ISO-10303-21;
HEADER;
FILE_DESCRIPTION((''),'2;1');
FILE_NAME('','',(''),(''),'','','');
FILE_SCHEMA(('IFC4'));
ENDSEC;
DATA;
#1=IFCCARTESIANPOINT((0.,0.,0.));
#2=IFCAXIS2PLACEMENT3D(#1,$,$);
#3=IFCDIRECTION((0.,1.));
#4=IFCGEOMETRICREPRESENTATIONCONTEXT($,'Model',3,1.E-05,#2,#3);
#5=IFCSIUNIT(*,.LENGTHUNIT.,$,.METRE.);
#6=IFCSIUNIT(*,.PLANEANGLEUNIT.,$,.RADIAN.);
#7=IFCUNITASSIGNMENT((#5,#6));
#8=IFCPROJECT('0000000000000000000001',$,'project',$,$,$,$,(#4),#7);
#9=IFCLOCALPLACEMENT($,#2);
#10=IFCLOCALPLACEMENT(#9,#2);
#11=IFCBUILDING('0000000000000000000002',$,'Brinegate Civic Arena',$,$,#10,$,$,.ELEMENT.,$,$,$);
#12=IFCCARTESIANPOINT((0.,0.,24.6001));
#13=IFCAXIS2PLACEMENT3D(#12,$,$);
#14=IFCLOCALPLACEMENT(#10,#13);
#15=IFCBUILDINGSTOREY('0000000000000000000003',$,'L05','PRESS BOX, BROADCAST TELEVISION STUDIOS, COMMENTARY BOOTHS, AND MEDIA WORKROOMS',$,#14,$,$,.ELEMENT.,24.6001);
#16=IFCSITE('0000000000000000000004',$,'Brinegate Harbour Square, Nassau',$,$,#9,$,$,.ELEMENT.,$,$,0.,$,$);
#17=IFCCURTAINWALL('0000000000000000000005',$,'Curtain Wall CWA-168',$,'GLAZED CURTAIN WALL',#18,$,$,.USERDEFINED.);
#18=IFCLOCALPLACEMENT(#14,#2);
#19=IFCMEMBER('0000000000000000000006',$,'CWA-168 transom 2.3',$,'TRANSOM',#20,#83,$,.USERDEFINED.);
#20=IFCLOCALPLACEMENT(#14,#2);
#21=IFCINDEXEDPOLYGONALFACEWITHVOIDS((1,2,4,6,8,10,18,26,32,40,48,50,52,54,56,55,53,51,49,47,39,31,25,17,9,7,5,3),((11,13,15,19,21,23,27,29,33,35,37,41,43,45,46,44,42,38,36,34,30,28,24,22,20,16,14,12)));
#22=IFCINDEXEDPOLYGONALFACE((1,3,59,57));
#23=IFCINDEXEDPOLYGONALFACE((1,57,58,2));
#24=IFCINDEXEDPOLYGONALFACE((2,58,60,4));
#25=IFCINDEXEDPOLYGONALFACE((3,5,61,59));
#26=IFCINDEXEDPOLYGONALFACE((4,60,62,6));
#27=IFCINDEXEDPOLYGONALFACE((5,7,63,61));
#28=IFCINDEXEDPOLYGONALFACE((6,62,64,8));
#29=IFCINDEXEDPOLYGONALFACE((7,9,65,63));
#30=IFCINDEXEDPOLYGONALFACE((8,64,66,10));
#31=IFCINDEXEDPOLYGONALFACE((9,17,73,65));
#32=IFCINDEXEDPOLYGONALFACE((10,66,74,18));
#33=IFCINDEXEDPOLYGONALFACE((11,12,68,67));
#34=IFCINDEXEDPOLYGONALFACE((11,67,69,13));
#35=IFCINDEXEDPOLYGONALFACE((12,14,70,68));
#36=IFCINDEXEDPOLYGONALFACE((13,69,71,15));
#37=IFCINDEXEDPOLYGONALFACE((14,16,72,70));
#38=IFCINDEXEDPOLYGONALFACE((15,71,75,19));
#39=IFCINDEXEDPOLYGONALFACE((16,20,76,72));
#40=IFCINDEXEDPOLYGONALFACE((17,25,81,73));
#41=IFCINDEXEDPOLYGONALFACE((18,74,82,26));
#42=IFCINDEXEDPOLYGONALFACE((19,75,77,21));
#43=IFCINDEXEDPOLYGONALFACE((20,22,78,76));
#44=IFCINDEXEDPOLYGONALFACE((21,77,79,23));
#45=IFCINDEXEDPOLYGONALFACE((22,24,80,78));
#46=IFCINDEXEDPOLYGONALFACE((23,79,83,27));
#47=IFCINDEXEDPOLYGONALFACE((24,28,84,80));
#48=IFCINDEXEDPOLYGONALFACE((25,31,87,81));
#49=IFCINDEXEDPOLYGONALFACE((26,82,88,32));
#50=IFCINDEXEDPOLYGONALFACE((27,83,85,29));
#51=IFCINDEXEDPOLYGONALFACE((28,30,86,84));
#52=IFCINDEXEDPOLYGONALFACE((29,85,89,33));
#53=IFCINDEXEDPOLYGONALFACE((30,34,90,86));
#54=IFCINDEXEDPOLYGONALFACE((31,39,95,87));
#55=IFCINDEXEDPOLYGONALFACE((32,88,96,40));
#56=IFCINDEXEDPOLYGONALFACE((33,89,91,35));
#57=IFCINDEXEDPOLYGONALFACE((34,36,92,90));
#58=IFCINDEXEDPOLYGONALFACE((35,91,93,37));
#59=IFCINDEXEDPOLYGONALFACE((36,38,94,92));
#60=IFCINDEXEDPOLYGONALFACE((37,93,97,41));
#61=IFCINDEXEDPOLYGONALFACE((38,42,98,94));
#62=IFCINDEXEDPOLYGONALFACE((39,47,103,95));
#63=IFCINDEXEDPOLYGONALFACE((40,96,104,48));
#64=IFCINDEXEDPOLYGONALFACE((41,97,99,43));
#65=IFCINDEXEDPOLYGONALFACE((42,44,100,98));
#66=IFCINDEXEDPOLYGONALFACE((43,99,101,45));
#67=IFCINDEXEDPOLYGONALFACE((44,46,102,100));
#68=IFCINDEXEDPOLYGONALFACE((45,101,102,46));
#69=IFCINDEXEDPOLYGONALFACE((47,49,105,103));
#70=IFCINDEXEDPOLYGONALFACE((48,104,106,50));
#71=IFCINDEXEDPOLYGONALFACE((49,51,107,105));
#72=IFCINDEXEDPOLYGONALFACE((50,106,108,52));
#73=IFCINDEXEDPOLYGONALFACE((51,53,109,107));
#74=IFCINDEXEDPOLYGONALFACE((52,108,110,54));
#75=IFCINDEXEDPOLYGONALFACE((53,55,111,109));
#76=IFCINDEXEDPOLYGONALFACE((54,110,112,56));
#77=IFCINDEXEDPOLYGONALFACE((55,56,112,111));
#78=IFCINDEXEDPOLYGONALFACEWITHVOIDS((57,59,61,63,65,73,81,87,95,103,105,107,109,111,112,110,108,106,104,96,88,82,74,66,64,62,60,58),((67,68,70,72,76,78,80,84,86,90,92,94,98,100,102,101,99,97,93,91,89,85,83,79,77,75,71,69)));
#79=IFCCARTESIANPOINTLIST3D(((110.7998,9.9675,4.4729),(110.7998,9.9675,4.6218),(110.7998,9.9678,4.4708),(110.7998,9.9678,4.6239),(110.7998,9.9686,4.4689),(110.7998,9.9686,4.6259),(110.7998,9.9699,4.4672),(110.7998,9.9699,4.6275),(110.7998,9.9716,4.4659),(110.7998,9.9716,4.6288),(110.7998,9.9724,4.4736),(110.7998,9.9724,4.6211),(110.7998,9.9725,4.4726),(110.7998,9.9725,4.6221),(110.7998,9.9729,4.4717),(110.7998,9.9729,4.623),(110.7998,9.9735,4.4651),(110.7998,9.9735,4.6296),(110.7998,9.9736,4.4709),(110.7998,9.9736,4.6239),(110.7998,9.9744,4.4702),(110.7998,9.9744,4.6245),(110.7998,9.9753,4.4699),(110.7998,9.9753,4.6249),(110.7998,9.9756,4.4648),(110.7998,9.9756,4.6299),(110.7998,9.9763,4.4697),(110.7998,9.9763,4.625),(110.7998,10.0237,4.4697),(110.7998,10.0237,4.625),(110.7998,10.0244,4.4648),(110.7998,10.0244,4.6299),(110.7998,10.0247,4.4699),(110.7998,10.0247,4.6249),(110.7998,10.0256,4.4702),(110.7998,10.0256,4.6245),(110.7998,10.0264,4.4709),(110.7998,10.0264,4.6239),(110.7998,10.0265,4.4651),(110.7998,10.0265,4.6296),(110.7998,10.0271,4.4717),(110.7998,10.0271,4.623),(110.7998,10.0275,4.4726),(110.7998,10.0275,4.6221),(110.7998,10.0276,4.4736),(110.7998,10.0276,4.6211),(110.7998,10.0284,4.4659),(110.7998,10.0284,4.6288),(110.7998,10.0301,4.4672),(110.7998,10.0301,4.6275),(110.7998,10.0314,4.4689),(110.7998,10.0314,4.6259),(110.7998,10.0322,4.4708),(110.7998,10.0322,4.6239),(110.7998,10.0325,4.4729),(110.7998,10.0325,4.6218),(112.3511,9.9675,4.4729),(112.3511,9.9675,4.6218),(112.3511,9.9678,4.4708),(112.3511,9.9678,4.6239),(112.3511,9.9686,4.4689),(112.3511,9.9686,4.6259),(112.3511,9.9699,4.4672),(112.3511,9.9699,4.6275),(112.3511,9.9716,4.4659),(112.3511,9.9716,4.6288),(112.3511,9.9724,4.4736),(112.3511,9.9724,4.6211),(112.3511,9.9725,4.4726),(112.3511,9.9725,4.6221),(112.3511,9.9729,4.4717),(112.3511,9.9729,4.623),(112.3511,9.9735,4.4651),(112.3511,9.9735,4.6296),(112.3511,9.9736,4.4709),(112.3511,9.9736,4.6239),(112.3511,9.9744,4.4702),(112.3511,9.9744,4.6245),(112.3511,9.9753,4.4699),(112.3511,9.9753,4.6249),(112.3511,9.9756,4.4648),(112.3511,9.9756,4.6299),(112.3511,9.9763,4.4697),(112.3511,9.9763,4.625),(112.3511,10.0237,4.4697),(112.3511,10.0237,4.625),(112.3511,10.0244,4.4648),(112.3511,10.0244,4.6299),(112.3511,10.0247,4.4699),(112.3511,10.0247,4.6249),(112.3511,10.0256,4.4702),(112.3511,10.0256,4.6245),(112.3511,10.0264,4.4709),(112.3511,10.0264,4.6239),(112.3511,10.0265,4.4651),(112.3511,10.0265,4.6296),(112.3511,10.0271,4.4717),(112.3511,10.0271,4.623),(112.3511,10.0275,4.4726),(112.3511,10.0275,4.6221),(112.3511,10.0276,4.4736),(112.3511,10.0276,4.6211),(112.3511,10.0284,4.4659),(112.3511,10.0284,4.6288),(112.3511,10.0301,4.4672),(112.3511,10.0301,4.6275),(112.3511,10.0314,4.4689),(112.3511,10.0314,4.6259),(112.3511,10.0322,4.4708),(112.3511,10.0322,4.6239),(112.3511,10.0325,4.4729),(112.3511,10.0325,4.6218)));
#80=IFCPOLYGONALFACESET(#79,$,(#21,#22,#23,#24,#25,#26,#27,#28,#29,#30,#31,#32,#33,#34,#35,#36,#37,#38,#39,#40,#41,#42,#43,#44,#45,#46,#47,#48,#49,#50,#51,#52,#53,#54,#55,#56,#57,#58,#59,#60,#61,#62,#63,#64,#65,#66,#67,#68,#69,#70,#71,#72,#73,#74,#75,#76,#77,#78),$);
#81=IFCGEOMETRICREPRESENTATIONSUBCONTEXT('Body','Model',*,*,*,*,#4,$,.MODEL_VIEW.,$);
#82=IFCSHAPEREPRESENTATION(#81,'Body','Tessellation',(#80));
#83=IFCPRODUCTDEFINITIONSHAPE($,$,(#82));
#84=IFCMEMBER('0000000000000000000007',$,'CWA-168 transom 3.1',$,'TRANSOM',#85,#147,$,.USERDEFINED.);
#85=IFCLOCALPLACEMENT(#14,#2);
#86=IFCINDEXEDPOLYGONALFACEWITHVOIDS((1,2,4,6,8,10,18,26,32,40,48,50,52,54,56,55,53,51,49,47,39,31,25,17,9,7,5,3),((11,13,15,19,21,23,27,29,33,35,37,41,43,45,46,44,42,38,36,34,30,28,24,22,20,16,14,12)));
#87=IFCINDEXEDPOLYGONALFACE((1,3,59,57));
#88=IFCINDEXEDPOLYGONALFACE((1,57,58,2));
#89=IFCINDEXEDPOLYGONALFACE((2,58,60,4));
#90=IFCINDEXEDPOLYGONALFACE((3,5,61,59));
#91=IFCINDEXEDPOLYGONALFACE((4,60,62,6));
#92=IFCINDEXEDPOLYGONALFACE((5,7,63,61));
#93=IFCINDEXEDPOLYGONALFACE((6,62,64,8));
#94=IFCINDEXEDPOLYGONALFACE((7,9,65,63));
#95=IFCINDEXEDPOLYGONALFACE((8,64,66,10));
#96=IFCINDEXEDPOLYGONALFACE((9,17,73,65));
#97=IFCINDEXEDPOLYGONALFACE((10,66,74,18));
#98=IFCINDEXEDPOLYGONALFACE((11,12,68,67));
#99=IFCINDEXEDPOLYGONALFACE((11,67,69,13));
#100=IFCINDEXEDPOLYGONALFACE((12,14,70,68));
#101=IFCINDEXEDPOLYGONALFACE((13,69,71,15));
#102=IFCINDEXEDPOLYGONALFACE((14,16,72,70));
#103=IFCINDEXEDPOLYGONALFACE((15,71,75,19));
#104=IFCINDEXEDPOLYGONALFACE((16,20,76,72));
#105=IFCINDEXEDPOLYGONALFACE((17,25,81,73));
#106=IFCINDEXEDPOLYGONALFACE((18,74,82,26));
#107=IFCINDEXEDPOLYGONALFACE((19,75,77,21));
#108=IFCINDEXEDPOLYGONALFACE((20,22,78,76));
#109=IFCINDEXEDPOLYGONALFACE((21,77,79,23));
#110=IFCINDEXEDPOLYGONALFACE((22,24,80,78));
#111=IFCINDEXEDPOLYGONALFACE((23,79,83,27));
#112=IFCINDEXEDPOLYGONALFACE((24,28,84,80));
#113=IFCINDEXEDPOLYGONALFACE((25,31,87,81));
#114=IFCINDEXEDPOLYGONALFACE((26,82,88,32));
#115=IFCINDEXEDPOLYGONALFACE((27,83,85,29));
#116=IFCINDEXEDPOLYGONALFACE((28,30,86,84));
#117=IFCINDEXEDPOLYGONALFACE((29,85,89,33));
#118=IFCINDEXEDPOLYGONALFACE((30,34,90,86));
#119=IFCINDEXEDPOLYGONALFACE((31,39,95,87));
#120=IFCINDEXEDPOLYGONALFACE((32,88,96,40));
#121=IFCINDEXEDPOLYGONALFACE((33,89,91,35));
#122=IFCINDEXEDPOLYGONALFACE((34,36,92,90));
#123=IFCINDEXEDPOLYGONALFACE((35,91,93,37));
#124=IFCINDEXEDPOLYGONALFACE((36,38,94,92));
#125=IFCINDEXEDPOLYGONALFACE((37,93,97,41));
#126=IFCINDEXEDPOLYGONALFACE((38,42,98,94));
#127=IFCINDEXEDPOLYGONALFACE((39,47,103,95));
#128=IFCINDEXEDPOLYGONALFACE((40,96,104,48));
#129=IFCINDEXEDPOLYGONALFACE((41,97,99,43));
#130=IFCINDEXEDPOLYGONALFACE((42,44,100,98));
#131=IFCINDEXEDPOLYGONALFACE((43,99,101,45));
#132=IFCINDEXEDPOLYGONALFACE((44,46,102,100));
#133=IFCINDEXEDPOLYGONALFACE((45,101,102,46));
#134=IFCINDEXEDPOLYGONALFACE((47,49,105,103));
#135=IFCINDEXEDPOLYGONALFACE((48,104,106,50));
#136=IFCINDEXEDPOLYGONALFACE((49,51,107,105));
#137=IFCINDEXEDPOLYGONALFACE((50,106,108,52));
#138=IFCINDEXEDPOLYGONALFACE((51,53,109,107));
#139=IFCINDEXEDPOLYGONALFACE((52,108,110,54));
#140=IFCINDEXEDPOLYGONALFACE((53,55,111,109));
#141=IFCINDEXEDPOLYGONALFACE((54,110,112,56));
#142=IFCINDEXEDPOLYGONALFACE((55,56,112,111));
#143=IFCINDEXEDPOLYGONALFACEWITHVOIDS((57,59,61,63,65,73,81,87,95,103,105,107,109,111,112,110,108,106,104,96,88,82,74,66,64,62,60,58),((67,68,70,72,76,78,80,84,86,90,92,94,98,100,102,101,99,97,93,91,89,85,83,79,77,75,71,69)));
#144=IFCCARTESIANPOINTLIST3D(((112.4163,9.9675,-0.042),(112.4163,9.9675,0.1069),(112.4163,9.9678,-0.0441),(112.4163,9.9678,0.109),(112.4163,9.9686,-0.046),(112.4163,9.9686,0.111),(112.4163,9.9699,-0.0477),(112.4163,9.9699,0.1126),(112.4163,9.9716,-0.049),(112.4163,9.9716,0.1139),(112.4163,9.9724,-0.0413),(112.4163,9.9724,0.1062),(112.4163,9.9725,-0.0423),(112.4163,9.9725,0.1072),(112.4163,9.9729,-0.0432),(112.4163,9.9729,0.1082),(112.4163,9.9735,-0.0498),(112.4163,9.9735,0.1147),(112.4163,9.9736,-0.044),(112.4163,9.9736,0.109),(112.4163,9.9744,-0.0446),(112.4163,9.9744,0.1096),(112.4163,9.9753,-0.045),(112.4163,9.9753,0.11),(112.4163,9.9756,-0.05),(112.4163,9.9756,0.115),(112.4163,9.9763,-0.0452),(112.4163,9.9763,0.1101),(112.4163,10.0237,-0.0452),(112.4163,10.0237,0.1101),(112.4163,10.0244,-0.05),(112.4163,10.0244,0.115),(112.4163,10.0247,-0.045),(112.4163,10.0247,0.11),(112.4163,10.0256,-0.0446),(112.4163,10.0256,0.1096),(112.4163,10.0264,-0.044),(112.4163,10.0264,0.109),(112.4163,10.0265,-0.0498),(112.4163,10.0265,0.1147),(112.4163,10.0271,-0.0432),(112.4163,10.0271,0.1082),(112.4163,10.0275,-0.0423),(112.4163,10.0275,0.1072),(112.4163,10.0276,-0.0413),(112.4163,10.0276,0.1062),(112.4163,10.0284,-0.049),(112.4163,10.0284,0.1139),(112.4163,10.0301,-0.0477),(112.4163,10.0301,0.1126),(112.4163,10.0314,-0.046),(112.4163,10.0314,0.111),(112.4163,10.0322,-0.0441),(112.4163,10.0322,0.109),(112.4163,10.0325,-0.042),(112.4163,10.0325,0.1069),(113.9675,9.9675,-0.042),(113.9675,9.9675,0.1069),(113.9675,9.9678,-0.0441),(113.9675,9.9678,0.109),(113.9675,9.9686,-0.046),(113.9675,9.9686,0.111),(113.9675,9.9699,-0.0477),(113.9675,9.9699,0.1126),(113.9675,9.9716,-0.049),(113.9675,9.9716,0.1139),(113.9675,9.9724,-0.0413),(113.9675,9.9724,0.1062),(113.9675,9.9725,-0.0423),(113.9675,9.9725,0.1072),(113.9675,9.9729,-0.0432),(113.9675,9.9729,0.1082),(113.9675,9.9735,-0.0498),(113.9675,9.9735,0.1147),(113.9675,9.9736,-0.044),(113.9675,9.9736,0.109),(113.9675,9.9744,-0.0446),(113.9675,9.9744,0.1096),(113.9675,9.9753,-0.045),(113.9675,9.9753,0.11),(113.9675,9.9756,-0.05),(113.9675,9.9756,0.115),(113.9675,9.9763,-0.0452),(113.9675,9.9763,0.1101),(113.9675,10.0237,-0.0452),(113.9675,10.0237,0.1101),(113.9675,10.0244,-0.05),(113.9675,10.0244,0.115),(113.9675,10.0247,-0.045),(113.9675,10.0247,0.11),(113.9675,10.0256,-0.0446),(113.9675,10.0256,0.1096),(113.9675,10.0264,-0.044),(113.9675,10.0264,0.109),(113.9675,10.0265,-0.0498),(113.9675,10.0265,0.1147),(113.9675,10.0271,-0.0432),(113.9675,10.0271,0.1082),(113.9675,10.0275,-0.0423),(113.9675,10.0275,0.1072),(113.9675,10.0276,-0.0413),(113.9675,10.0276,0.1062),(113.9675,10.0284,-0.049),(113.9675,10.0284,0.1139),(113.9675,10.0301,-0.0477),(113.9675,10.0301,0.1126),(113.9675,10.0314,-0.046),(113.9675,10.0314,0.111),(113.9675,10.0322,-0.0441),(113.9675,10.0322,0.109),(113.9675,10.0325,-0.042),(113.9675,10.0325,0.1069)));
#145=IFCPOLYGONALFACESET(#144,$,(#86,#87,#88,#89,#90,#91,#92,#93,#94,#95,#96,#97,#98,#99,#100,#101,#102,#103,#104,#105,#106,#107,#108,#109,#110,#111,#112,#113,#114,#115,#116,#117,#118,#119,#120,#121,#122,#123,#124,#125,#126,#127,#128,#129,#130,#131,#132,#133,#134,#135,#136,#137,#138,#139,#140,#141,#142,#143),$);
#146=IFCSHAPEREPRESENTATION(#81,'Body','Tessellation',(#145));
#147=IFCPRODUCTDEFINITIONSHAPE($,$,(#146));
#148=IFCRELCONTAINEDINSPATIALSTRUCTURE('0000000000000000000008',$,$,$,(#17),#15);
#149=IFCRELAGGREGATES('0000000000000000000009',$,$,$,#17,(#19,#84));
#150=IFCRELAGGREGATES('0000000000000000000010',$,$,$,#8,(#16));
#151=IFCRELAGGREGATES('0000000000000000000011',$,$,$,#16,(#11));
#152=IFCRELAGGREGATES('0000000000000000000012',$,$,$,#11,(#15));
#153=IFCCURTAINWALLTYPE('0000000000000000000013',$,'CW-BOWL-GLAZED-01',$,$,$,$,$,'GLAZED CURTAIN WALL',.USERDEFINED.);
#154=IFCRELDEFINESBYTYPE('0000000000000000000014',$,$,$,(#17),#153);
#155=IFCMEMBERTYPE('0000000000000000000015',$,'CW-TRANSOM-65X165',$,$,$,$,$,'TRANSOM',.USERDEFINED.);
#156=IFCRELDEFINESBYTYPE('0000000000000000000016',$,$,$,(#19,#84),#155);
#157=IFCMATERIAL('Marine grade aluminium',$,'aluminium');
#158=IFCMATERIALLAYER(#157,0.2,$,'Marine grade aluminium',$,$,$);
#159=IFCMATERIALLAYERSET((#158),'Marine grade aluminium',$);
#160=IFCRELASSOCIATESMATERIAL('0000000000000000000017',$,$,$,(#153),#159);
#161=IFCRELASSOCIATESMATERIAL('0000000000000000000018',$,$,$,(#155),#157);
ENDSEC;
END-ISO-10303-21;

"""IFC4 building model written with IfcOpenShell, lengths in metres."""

from ifc_helpers import new_model, si_unit, direction, frame, origin, origin_2d, place, context, subcontext, project, spatial, hollow_rectangle, extrude, material, layer, layer_set, material_profile, profile_set, type_object, element, aggregate, save


model = new_model("IFC4")

# Units and contexts
model_context = context("Model", 3, precision=1e-05, world=origin(), true_north=direction((0.0, 1.0)))
body_context = subcontext(model_context, "Body", "Model", "MODEL_VIEW")
ifc_project = project(units=[si_unit("LENGTHUNIT", "METRE"), si_unit("PLANEANGLEUNIT", "RADIAN")], contexts=[model_context])

# Site, building, storey
site_placement = place(None, origin())
site = spatial("IfcSite", under=ifc_project, at=site_placement, Name="Brinegate Harbour Square, Nassau", CompositionType="ELEMENT", RefElevation=0.0)
building_placement = place(site_placement, origin())
building = spatial("IfcBuilding", under=site, at=building_placement, Name="Brinegate Civic Arena", CompositionType="ELEMENT")
storey_placement = place(building_placement, frame((0.0, 0.0, 24.6001)))
storey = spatial("IfcBuildingStorey", under=building, at=storey_placement, Name="L05", Description="PRESS BOX, BROADCAST TELEVISION STUDIOS, COMMENTARY BOOTHS, AND MEDIA WORKROOMS", CompositionType="ELEMENT", Elevation=24.6001)

# Curtain wall, members
ifc_material_1 = material(Name="Marine grade aluminium", Category="aluminium")
ifc_layer_1 = layer(ifc_material_1, 0.2, Name="Marine grade aluminium")
ifc_layer_set_1 = layer_set([ifc_layer_1], Name="Marine grade aluminium")
curtain_wall_type = type_object("IfcCurtainWallType", Name="CW-BOWL-GLAZED-01", ElementType="GLAZED CURTAIN WALL", PredefinedType="USERDEFINED", material=ifc_layer_set_1)
curtain_wall_placement = place(storey_placement, origin())
curtain_wall = element("IfcCurtainWall", 1, at=curtain_wall_placement, inside=storey, type_object=curtain_wall_type, Name="Curtain Wall CWA-168", ObjectType="GLAZED CURTAIN WALL", PredefinedType="USERDEFINED")
ifc_material_profile_1 = material_profile(ifc_material_1, hollow_rectangle(XDim=0.0649, YDim=0.165, WallThickness=0.0049, InnerFilletRadius=0.0039, OuterFilletRadius=0.0081, at=origin_2d()), Name="TRN65X165")
ifc_profile_set_1 = profile_set([ifc_material_profile_1], Name="Marine grade aluminium")
member_type_1 = type_object("IfcMemberType", Name="CW-TRANSOM-65X165", ElementType="TRANSOM", PredefinedType="USERDEFINED", material=ifc_profile_set_1)
member_1_placement = place(storey_placement, frame((110.7998, 10.0, 4.5474), z_axis=(1.0, 0.0, 0.0), x_axis=(0.0, 1.0, 0.0)))
member_1 = element("IfcMember", 2, at=member_1_placement, type_object=member_type_1, Name="CWA-168 transom 2.3", ObjectType="TRANSOM", PredefinedType="USERDEFINED", context=body_context, shape_type="SweptSolid", body=[
    extrude(hollow_rectangle(XDim=0.0649, YDim=0.165, WallThickness=0.0049, InnerFilletRadius=0.0039, OuterFilletRadius=0.0081, at=origin_2d()), origin(), (0.0, 0.0, 1.0), 1.5513),
])
member_2_placement = place(storey_placement, frame((112.4163, 10.0, 0.0325), z_axis=(1.0, 0.0, 0.0), x_axis=(0.0, 1.0, 0.0)))
member_2 = element("IfcMember", 3, at=member_2_placement, type_object=member_type_1, Name="CWA-168 transom 3.1", ObjectType="TRANSOM", PredefinedType="USERDEFINED", context=body_context, shape_type="SweptSolid", body=[
    extrude(hollow_rectangle(XDim=0.0649, YDim=0.165, WallThickness=0.0049, InnerFilletRadius=0.0039, OuterFilletRadius=0.0081, at=origin_2d()), origin(), (0.0, 0.0, 1.0), 1.5513),
])

aggregate(curtain_wall, [member_1, member_2])

save(model, "model.ifc")
